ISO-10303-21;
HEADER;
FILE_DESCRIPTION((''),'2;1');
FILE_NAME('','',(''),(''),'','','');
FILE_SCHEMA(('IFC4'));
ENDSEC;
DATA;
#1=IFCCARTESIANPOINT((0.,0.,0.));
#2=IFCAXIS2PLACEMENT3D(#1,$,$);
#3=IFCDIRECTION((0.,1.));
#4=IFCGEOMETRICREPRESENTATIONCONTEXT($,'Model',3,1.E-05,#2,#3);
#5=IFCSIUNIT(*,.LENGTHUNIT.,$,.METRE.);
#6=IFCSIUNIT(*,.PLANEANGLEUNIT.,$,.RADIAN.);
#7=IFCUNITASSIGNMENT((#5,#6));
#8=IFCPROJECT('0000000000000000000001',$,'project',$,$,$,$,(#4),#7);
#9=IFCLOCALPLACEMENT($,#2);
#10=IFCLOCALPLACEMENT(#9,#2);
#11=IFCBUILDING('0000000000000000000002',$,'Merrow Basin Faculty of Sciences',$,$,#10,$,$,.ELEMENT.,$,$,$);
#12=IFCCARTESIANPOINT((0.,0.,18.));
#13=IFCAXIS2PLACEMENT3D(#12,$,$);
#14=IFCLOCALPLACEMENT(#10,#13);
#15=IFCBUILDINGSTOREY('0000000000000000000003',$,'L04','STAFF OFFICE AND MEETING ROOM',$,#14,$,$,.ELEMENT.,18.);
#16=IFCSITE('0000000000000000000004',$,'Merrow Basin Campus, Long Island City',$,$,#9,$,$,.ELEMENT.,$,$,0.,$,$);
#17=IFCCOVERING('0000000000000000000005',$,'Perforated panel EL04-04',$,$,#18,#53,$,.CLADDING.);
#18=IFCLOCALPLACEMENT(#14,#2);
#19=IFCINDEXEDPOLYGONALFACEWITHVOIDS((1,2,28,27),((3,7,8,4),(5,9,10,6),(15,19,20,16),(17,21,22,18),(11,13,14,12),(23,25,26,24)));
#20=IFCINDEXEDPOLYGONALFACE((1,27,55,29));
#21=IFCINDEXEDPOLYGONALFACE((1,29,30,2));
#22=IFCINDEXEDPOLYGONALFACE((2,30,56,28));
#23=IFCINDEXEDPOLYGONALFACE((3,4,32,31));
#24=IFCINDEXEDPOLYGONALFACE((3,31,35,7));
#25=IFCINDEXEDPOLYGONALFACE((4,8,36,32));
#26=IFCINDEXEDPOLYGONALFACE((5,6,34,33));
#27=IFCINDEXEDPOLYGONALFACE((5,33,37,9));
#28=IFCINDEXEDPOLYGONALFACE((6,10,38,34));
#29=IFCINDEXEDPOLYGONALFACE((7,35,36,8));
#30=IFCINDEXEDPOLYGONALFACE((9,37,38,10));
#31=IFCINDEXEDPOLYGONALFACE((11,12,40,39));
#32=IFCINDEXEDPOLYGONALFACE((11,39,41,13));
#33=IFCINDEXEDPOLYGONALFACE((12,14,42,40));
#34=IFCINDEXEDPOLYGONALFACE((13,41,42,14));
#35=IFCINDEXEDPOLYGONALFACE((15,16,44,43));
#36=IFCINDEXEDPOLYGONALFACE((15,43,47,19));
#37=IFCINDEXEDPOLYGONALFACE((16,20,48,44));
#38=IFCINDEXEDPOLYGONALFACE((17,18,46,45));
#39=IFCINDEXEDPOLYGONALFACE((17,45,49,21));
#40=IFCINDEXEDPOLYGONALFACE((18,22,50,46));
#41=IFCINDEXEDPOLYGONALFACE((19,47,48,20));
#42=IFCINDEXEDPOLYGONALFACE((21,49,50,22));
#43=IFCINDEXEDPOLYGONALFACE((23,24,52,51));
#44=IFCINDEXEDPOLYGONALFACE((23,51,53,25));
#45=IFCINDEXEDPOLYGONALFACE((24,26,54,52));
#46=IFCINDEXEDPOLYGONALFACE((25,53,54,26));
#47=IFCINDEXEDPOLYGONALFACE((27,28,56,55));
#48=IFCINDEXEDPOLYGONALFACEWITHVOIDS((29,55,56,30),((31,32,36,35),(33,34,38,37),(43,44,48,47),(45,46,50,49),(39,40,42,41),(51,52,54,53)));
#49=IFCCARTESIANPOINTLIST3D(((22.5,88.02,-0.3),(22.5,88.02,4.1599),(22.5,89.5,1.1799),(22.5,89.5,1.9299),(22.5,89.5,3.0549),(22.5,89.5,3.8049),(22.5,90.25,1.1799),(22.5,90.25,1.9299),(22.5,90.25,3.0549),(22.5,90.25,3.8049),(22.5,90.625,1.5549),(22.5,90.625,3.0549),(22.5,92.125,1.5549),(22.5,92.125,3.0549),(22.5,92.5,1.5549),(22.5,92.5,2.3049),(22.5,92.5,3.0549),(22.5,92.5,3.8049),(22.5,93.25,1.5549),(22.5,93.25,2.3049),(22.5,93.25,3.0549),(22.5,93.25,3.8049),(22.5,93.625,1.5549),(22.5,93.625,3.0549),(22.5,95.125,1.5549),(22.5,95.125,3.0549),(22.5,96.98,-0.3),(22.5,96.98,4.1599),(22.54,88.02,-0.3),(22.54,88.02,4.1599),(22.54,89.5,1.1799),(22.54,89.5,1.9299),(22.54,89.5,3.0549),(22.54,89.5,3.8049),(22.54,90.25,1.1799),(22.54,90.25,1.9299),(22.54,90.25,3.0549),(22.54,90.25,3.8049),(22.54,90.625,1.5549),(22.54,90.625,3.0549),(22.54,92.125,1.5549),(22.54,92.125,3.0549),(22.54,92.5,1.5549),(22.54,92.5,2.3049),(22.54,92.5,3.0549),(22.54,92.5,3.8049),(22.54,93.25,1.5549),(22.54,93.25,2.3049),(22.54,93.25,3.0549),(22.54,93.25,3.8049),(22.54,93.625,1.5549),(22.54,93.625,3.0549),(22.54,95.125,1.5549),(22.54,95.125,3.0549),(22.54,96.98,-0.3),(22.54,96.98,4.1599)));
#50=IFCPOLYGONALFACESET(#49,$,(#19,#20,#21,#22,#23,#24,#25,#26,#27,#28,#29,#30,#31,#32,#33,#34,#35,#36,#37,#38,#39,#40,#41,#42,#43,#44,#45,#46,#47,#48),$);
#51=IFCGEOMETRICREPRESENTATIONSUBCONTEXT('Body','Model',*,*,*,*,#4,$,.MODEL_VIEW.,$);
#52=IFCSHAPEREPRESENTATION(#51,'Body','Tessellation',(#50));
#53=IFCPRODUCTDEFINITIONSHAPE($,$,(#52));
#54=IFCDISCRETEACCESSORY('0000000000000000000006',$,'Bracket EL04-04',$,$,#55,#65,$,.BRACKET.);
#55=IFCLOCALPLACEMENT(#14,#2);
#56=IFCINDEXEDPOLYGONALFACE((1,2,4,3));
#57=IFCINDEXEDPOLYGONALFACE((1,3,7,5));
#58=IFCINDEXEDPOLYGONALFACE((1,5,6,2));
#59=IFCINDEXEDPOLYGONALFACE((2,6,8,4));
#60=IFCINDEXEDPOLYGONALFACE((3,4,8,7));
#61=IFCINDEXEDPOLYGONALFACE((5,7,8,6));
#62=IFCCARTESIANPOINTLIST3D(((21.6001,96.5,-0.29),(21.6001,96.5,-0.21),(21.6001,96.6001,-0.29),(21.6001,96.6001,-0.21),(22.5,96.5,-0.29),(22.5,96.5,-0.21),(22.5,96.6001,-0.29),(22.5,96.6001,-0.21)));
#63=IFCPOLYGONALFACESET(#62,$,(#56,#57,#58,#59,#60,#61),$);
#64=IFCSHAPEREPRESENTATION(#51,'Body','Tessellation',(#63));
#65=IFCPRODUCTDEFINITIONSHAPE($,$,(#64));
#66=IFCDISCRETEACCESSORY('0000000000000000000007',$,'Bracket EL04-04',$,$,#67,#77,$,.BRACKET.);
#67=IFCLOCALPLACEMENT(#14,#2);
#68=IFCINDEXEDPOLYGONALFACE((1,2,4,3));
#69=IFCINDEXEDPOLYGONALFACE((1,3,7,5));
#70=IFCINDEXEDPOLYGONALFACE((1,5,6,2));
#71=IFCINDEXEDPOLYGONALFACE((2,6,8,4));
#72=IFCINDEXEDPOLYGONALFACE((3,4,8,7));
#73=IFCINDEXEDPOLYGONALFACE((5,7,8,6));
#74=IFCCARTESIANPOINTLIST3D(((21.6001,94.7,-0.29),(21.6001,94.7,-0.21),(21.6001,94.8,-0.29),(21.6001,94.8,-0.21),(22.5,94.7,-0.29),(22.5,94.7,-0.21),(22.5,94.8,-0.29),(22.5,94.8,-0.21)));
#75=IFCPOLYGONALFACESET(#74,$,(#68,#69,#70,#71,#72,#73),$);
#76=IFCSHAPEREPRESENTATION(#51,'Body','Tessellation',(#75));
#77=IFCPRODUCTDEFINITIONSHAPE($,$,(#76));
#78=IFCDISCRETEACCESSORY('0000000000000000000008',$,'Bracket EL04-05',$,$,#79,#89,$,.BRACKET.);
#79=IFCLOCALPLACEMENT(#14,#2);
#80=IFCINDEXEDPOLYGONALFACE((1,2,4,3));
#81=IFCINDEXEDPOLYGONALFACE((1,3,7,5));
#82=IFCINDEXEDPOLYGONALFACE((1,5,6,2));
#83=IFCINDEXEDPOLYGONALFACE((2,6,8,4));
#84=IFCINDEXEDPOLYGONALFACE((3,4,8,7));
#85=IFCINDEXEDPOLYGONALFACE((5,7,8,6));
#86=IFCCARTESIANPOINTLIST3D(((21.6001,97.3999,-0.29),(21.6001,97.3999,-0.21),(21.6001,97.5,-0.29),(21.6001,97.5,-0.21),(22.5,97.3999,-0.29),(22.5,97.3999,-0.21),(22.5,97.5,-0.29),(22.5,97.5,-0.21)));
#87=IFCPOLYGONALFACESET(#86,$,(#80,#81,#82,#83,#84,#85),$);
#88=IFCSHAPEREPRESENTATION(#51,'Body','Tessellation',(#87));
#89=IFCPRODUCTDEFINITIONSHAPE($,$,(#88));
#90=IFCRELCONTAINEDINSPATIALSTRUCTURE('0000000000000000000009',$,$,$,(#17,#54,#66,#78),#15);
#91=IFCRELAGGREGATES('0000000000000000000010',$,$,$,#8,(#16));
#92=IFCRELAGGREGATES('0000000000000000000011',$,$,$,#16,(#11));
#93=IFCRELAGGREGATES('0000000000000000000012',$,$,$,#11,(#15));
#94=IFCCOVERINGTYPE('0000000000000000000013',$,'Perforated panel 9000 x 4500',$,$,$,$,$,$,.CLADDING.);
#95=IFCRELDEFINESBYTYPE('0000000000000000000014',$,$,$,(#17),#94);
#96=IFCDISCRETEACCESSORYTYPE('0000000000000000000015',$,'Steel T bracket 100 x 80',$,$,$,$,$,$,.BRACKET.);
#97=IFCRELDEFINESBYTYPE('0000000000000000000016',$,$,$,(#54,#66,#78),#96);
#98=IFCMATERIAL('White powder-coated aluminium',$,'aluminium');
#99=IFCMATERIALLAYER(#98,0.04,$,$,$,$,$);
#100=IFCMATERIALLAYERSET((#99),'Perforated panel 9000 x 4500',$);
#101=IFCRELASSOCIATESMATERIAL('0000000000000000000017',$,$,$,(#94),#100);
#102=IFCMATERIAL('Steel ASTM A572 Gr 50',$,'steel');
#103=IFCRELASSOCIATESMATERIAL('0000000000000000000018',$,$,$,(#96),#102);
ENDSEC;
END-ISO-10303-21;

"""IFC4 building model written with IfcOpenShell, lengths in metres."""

from ifc_helpers import new_model, si_unit, direction, frame, origin, place, context, subcontext, project, spatial, polyline, outline, extrude, source, transform, mapped, material, layer, layer_set, type_object, element, save


model = new_model("IFC4")

# Units and contexts
model_context = context("Model", 3, precision=1e-05, world=origin(), true_north=direction((0.0, 1.0)))
body_context = subcontext(model_context, "Body", "Model", "MODEL_VIEW")
ifc_project = project(units=[si_unit("LENGTHUNIT", "METRE"), si_unit("PLANEANGLEUNIT", "RADIAN")], contexts=[model_context])

# Site, building, storey
site_placement = place(None, origin())
site = spatial("IfcSite", under=ifc_project, at=site_placement, Name="Merrow Basin Campus, Long Island City", CompositionType="ELEMENT", RefElevation=0.0)
building_placement = place(site_placement, origin())
building = spatial("IfcBuilding", under=site, at=building_placement, Name="Merrow Basin Faculty of Sciences", CompositionType="ELEMENT")
storey_placement = place(building_placement, frame((0.0, 0.0, 18.0)))
storey = spatial("IfcBuildingStorey", under=building, at=storey_placement, Name="L04", Description="STAFF OFFICE AND MEETING ROOM", CompositionType="ELEMENT", Elevation=18.0)

# Covering
ifc_material_1 = material(Name="White powder-coated aluminium", Category="aluminium")
ifc_layer_1 = layer(ifc_material_1, 0.04)
ifc_layer_set_1 = layer_set([ifc_layer_1], Name="Perforated panel 9000 x 4500")
covering_type = type_object("IfcCoveringType", Name="Perforated panel 9000 x 4500", PredefinedType="CLADDING", material=ifc_layer_set_1)
shared_shape_1 = source(origin(), body_context, "Body", "SweptSolid", [
    extrude(outline(polyline([(0.02, 0.02), (8.98, 0.02), (8.98, 4.48), (0.02, 4.48), (0.02, 0.02)]), holes=[polyline([(6.75, 1.5), (7.5, 1.5), (7.5, 2.25), (6.75, 2.25), (6.75, 1.5)]), polyline([(4.875, 1.875), (6.375, 1.875), (6.375, 3.375), (4.875, 3.375), (4.875, 1.875)]), polyline([(3.75, 1.875), (4.5, 1.875), (4.5, 2.625), (3.75, 2.625), (3.75, 1.875)]), polyline([(1.875, 1.875), (3.375, 1.875), (3.375, 3.375), (1.875, 3.375), (1.875, 1.875)]), polyline([(6.75, 3.375), (7.5, 3.375), (7.5, 4.125), (6.75, 4.125), (6.75, 3.375)]), polyline([(3.75, 3.375), (4.5, 3.375), (4.5, 4.125), (3.75, 4.125), (3.75, 3.375)])]), origin(), (0.0, 0.0, 1.0), 0.04),
])
covering_placement = place(storey_placement, frame((22.54, 97.0, -0.3201), z_axis=(-1.0, 0.0, 0.0), x_axis=(0.0, -1.0, 0.0)))
element("IfcCovering", 1, at=covering_placement, inside=storey, type_object=covering_type, Name="Perforated panel EL04-04", PredefinedType="CLADDING", context=body_context, shape_type="MappedRepresentation", body=[
    mapped(shared_shape_1, transform((0.0, 0.0, 0.0), scale=1.0)),
])

# Discrete accessories
ifc_material_2 = material(Name="Steel ASTM A572 Gr 50", Category="steel")
discrete_accessory_type = type_object("IfcDiscreteAccessoryType", Name="Steel T bracket 100 x 80", PredefinedType="BRACKET", material=ifc_material_2)
shared_shape_2 = source(origin(), body_context, "Body", "SweptSolid", [
    extrude(outline(polyline([(0.0, 0.0), (0.1001, 0.0), (0.1001, 0.0801), (0.0, 0.0801), (0.0, 0.0)])), origin(), (0.0, 0.0, 1.0), 0.8999),
])
for number, where, z_axis, x_axis, name in (
    (2, (22.5, 96.6001, -0.29), (-1.0, 0.0, 0.0), (0.0, -1.0, 0.0), "Bracket EL04-04"),
    (3, (22.5, 94.8, -0.29), (-1.0, 0.0, 0.0), (0.0, -1.0, 0.0), "Bracket EL04-04"),
    (4, (22.5, 97.5, -0.29), (-1.0, 0.0, 0.0), (0.0, -1.0, 0.0), "Bracket EL04-05"),
):
    element("IfcDiscreteAccessory", number, at=place(storey_placement, frame(where, z_axis=z_axis, x_axis=x_axis)), inside=storey, type_object=discrete_accessory_type, Name=name, PredefinedType="BRACKET", context=body_context, shape_type="MappedRepresentation", body=[
        mapped(shared_shape_2, transform((0.0, 0.0, 0.0), scale=1.0)),
    ])

save(model, "model.ifc")
